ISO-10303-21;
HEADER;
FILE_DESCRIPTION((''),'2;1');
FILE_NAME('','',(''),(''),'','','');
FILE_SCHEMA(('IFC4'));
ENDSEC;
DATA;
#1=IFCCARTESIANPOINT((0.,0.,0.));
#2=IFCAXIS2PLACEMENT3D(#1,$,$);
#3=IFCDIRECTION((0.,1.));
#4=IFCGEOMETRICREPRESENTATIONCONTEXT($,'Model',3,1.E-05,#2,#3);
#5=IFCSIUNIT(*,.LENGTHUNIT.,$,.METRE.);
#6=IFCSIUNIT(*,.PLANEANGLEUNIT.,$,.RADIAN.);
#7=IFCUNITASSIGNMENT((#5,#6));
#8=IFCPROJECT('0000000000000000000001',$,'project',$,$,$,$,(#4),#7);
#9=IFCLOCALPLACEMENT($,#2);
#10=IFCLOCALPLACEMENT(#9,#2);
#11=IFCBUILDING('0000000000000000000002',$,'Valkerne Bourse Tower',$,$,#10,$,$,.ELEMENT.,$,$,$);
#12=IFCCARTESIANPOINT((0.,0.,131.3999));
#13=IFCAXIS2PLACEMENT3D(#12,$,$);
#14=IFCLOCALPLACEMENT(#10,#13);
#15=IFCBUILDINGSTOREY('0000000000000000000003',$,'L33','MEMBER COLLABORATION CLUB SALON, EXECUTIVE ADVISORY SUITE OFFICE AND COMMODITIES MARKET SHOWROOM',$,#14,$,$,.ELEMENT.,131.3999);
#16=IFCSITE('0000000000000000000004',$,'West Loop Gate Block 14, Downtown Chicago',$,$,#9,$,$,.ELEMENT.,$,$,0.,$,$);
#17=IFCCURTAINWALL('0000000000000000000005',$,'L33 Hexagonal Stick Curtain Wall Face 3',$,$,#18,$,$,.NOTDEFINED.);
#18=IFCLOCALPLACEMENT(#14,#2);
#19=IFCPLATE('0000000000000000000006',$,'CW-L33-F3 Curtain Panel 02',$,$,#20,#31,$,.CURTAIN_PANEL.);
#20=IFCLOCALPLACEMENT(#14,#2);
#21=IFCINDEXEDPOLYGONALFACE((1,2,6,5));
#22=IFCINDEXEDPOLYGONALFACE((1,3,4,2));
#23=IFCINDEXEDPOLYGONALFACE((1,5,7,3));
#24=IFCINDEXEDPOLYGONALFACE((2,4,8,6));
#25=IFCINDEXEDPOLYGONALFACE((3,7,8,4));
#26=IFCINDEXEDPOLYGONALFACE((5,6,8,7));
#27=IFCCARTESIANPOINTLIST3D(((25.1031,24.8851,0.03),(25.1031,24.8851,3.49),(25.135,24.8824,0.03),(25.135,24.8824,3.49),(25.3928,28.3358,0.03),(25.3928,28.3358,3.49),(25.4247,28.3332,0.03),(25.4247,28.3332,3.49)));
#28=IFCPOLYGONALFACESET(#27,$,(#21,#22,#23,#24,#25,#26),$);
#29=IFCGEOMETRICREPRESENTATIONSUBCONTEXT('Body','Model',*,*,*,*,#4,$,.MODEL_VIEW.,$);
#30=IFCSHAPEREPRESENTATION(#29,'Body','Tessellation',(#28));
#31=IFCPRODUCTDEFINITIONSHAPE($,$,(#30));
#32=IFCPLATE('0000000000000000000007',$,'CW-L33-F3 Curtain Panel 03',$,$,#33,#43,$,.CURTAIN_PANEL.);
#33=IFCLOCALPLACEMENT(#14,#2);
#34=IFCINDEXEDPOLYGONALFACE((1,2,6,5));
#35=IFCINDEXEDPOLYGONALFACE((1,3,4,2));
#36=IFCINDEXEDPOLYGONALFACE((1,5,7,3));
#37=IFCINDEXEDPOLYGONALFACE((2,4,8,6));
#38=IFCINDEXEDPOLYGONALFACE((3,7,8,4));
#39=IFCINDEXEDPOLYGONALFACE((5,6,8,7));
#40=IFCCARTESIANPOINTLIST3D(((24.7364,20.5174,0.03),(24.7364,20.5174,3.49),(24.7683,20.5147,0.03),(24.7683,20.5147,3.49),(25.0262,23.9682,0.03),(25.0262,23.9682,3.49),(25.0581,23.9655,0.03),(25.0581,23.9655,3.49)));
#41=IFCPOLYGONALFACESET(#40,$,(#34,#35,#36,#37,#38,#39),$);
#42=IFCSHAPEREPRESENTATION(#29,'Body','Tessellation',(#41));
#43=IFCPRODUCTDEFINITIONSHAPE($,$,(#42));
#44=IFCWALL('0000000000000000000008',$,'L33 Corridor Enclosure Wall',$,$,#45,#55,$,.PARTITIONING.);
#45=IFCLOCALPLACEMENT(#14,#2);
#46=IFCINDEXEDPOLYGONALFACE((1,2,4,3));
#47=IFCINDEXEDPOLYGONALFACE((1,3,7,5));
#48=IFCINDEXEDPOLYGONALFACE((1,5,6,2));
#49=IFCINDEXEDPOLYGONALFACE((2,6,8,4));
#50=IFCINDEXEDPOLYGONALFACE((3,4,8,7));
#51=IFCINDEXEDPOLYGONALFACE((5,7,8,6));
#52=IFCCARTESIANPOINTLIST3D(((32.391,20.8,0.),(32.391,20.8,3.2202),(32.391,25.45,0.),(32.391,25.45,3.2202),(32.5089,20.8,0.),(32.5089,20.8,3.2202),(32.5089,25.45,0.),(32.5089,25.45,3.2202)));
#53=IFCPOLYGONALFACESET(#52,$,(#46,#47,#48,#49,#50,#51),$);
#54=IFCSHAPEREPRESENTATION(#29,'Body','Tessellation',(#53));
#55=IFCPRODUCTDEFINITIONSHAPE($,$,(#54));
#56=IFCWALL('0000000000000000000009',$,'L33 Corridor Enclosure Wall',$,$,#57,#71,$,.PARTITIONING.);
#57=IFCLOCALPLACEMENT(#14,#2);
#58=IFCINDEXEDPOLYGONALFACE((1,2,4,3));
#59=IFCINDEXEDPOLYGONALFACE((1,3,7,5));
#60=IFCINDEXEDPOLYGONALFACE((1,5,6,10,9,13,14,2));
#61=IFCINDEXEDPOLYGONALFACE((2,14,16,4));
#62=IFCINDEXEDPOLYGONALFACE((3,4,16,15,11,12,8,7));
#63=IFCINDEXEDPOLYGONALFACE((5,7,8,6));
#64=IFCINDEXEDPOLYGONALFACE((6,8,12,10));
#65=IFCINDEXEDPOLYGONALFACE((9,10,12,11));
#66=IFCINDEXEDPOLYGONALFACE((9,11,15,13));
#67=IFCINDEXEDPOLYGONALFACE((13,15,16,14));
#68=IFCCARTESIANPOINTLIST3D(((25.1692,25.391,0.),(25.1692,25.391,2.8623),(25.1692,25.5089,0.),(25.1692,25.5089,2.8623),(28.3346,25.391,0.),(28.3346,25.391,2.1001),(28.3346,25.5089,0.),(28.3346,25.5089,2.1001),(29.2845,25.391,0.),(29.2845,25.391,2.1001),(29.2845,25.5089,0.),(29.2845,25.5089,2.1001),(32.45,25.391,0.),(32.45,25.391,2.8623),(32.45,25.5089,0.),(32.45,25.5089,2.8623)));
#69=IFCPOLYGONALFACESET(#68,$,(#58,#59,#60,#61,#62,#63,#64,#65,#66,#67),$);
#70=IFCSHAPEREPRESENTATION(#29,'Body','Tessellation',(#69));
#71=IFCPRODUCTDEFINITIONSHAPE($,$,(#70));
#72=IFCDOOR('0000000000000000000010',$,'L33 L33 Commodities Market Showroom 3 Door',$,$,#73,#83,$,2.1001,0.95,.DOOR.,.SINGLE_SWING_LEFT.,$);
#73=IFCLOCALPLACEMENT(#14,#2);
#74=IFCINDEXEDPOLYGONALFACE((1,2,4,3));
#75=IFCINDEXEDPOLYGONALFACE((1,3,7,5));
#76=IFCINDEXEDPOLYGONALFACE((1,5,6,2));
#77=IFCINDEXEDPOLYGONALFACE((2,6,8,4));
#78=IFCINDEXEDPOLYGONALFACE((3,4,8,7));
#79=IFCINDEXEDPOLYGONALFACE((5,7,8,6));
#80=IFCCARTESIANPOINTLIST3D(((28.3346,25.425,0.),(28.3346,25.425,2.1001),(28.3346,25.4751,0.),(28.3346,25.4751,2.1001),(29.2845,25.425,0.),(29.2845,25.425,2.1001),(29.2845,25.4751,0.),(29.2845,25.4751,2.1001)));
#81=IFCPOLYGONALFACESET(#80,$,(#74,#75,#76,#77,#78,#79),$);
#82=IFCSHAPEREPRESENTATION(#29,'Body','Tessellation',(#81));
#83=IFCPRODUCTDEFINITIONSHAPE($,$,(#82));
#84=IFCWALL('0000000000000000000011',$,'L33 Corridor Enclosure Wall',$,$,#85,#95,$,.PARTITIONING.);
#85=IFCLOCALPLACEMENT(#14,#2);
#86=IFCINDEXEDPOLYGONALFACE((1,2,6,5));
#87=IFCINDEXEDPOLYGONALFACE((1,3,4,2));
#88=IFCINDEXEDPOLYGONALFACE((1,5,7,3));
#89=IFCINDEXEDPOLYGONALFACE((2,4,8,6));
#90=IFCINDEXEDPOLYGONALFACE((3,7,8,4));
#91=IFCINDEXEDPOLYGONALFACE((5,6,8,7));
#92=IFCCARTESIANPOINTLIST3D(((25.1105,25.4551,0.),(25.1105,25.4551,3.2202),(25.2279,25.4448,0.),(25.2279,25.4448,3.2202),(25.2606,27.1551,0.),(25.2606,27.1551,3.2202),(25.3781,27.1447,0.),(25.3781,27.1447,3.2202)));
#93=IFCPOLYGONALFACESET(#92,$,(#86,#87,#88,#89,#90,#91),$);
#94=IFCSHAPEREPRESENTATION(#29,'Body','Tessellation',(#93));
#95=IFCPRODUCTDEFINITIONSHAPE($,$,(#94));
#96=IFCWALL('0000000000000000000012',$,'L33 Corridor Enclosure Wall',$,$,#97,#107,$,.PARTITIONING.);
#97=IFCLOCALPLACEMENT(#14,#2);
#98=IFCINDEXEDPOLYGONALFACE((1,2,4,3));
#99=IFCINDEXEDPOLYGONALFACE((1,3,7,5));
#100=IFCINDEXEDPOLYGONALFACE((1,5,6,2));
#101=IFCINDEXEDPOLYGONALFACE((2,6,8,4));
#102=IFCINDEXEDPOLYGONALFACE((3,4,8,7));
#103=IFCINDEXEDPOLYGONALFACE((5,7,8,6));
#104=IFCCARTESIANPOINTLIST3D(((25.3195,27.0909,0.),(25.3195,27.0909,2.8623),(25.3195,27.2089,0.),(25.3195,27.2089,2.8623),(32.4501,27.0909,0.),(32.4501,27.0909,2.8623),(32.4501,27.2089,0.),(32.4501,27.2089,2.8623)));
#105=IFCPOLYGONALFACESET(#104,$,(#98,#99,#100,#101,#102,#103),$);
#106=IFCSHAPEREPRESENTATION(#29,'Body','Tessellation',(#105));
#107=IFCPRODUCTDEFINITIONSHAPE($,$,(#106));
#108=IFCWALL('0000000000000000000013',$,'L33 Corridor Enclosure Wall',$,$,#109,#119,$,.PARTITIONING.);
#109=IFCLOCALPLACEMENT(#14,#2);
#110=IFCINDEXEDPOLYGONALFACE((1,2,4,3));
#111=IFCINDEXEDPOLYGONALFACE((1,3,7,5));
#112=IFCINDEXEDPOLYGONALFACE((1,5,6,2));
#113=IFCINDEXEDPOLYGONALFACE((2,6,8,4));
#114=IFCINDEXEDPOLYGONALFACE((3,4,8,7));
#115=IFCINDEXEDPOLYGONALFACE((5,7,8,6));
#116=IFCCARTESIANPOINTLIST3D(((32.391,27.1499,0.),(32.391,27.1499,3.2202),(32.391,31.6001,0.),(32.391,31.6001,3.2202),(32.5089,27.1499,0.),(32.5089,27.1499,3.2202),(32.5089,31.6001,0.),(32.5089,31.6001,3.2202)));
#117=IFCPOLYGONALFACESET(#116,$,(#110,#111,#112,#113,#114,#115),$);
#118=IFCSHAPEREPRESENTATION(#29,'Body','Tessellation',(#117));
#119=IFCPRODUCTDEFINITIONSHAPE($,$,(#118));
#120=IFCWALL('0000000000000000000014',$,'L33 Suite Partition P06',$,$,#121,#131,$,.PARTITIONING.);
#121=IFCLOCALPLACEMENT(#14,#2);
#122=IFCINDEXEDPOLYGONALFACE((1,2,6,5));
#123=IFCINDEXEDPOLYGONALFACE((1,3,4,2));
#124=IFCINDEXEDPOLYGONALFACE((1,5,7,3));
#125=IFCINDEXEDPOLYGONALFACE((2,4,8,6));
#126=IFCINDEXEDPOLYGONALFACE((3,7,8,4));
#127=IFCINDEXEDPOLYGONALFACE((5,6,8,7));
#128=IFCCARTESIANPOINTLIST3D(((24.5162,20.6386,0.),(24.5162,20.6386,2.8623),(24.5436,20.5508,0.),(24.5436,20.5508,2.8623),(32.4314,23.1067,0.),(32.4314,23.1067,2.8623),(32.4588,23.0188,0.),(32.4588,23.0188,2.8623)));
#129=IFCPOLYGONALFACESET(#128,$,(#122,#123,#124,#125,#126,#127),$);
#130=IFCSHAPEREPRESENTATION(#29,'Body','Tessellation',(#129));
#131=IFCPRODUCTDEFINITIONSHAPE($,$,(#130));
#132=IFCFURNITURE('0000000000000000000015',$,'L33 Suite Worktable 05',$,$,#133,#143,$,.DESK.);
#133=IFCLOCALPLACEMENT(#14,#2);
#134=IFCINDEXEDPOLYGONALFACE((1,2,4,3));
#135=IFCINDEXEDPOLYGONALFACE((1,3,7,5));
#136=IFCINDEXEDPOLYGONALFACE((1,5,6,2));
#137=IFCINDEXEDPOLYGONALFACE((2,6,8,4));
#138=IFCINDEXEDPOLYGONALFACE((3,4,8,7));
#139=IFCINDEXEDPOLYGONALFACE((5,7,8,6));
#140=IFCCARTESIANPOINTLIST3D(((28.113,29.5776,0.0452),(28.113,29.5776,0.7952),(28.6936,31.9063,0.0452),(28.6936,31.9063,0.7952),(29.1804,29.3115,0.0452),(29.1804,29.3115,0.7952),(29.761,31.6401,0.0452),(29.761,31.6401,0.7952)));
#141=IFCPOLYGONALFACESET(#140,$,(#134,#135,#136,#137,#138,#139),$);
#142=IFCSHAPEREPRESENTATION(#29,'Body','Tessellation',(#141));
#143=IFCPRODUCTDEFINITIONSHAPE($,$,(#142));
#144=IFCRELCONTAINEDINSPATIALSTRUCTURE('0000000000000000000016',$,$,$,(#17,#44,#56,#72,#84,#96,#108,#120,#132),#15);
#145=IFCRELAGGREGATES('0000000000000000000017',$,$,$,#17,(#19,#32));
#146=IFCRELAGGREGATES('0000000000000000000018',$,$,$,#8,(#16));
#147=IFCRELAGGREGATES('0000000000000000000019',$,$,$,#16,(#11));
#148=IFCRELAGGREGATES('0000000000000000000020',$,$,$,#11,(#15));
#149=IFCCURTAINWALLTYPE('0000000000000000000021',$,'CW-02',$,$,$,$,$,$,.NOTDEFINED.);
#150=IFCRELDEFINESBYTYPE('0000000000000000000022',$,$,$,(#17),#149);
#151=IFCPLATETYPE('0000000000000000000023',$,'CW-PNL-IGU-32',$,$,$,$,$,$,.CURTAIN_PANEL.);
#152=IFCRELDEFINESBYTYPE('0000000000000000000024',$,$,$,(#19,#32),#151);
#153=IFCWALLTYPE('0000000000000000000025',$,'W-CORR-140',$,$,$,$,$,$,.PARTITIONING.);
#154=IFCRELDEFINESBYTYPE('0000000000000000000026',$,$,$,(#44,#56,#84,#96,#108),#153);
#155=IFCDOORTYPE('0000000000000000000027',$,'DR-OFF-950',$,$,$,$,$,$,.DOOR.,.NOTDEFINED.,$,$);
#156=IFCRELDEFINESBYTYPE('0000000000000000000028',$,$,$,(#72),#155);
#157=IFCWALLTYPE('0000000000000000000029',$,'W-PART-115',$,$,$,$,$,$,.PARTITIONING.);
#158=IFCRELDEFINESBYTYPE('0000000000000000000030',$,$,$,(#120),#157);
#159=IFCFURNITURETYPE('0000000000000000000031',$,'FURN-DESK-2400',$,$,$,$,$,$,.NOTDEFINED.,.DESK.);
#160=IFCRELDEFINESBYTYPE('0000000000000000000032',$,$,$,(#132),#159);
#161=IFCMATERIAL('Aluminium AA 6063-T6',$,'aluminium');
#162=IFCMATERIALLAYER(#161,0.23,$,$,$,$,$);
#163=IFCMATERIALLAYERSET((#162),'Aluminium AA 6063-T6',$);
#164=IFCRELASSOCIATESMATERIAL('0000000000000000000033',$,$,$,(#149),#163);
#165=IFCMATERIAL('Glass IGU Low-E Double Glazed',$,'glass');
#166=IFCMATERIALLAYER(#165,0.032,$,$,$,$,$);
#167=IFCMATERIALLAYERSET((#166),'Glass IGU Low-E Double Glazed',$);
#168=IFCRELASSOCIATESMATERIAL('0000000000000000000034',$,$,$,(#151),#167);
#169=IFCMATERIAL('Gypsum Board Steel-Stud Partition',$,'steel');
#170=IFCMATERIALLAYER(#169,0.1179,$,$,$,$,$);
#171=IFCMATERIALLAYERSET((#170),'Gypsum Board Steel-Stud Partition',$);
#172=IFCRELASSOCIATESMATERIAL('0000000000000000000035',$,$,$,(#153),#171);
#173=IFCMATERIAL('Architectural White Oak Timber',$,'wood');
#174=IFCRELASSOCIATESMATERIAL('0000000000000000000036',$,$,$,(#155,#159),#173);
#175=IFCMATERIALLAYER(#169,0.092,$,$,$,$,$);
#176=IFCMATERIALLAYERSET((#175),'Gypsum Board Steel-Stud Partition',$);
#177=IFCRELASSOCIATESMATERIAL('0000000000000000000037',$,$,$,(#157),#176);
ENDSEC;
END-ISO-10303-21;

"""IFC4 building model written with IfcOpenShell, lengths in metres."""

from ifc_helpers import new_model, si_unit, direction, frame, frame_2d, origin, origin_2d, place, context, subcontext, project, spatial, rectangle, extrude, material, layer, layer_set, type_object, element, fill, aggregate, save


model = new_model("IFC4")

# Units and contexts
model_context = context("Model", 3, precision=1e-05, world=origin(), true_north=direction((0.0, 1.0)))
body_context = subcontext(model_context, "Body", "Model", "MODEL_VIEW")
ifc_project = project(units=[si_unit("LENGTHUNIT", "METRE"), si_unit("PLANEANGLEUNIT", "RADIAN")], contexts=[model_context])

# Site, building, storey
site_placement = place(None, origin())
site = spatial("IfcSite", under=ifc_project, at=site_placement, Name="West Loop Gate Block 14, Downtown Chicago", CompositionType="ELEMENT", RefElevation=0.0)
building_placement = place(site_placement, origin())
building = spatial("IfcBuilding", under=site, at=building_placement, Name="Valkerne Bourse Tower", CompositionType="ELEMENT")
storey_placement = place(building_placement, frame((0.0, 0.0, 131.3999)))
storey = spatial("IfcBuildingStorey", under=building, at=storey_placement, Name="L33", Description="MEMBER COLLABORATION CLUB SALON, EXECUTIVE ADVISORY SUITE OFFICE AND COMMODITIES MARKET SHOWROOM", CompositionType="ELEMENT", Elevation=131.3999)

# Curtain wall
ifc_material_1 = material(Name="Aluminium AA 6063-T6", Category="aluminium")
ifc_layer_1 = layer(ifc_material_1, 0.23)
ifc_layer_set_1 = layer_set([ifc_layer_1], Name="Aluminium AA 6063-T6")
curtain_wall_type = type_object("IfcCurtainWallType", Name="CW-02", PredefinedType="NOTDEFINED", material=ifc_layer_set_1)
curtain_wall_placement = place(storey_placement, origin())
curtain_wall = element("IfcCurtainWall", 1, at=curtain_wall_placement, inside=storey, type_object=curtain_wall_type, Name="L33 Hexagonal Stick Curtain Wall Face 3", PredefinedType="NOTDEFINED")

# Plates
ifc_material_2 = material(Name="Glass IGU Low-E Double Glazed", Category="glass")
ifc_layer_2 = layer(ifc_material_2, 0.032)
ifc_layer_set_2 = layer_set([ifc_layer_2], Name="Glass IGU Low-E Double Glazed")
plate_type = type_object("IfcPlateType", Name="CW-PNL-IGU-32", PredefinedType="CURTAIN_PANEL", material=ifc_layer_set_2)
plate_1_placement = place(storey_placement, frame((25.2639, 26.6091, 0.03), z_axis=(0.0, 0.0, 1.0), x_axis=(-0.083663, -0.996494, 0.0)))
plate_1 = element("IfcPlate", 2, at=plate_1_placement, type_object=plate_type, Name="CW-L33-F3 Curtain Panel 02", PredefinedType="CURTAIN_PANEL", context=body_context, shape_type="SweptSolid", body=[
    extrude(rectangle(XDim=3.4629, YDim=0.032, at=origin_2d()), origin(), (0.0, 0.0, 1.0), 3.46),
])
plate_2_placement = place(storey_placement, frame((24.8972, 22.2415, 0.03), z_axis=(0.0, 0.0, 1.0), x_axis=(-0.083687, -0.996492, 0.0)))
plate_2 = element("IfcPlate", 3, at=plate_2_placement, type_object=plate_type, Name="CW-L33-F3 Curtain Panel 03", PredefinedType="CURTAIN_PANEL", context=body_context, shape_type="SweptSolid", body=[
    extrude(rectangle(XDim=3.4629, YDim=0.032, at=origin_2d()), origin(), (0.0, 0.0, 1.0), 3.46),
])
aggregate(curtain_wall, [plate_1, plate_2])

# Wall
ifc_material_3 = material(Name="Gypsum Board Steel-Stud Partition", Category="steel")
ifc_layer_3 = layer(ifc_material_3, 0.1179)
ifc_layer_set_3 = layer_set([ifc_layer_3], Name="Gypsum Board Steel-Stud Partition")
wall_type_1 = type_object("IfcWallType", Name="W-CORR-140", PredefinedType="PARTITIONING", material=ifc_layer_set_3)
wall_1_placement = place(storey_placement, frame((32.45, 20.8, 0.0), z_axis=(0.0, 0.0, 1.0), x_axis=(0.0, 1.0, 0.0)))
element("IfcWall", 4, at=wall_1_placement, inside=storey, type_object=wall_type_1, Name="L33 Corridor Enclosure Wall", PredefinedType="PARTITIONING", context=body_context, shape_type="SweptSolid", body=[
    extrude(rectangle(XDim=4.6499, YDim=0.1179, at=frame_2d((2.325, 0.0))), origin(), (0.0, 0.0, 1.0), 3.2202),
])

# Wall, opening, door
wall_2_placement = place(storey_placement, frame((32.45, 25.45, 0.0), z_axis=(0.0, 0.0, 1.0), x_axis=(-1.0, 0.0, 0.0)))
wall_2 = element("IfcWall", 5, at=wall_2_placement, inside=storey, type_object=wall_type_1, Name="L33 Corridor Enclosure Wall", PredefinedType="PARTITIONING", context=body_context, shape_type="SweptSolid", body=[
    extrude(rectangle(XDim=7.2808, YDim=0.1179, at=frame_2d((3.6404, 0.0))), origin(), (0.0, 0.0, 1.0), 2.8623),
])
opening_placement = place(wall_2_placement, frame((3.1653, 0.0, 0.0)))
opening = element("IfcOpeningElement", 6, at=opening_placement, cuts=wall_2, PredefinedType="OPENING", context=body_context, shape_type="SweptSolid", body=[
    extrude(rectangle(XDim=0.95, YDim=2.1001, at=frame_2d((0.4751, 1.05))), frame((0.0, 0.0688, 0.0), z_axis=(0.0, -1.0, 0.0), x_axis=(1.0, 0.0, 0.0)), (0.0, 0.0, 1.0), 0.1379),
])
ifc_material_4 = material(Name="Architectural White Oak Timber", Category="wood")
door_type = type_object("IfcDoorType", Name="DR-OFF-950", OperationType="NOTDEFINED", PredefinedType="DOOR", material=ifc_material_4)
door_placement = place(opening_placement, origin())
door = element("IfcDoor", 7, at=door_placement, inside=storey, type_object=door_type, Name="L33 L33 Commodities Market Showroom 3 Door", OperationType="SINGLE_SWING_LEFT", OverallHeight=2.1001, OverallWidth=0.95, PredefinedType="DOOR", context=body_context, shape_type="SweptSolid", body=[
    extrude(rectangle(XDim=0.95, YDim=2.1001, at=frame_2d((0.4751, 1.05))), frame((0.0, 0.0249, 0.0), z_axis=(0.0, -1.0, 0.0), x_axis=(1.0, 0.0, 0.0)), (0.0, 0.0, 1.0), 0.05),
])
fill(opening, door)

# Walls
wall_3_placement = place(storey_placement, frame((25.1692, 25.45, 0.0), z_axis=(0.0, 0.0, 1.0), x_axis=(0.087981, 0.996122, 0.0)))
element("IfcWall", 8, at=wall_3_placement, inside=storey, type_object=wall_type_1, Name="L33 Corridor Enclosure Wall", PredefinedType="PARTITIONING", context=body_context, shape_type="SweptSolid", body=[
    extrude(rectangle(XDim=1.7065, YDim=0.1179, at=frame_2d((0.8533, 0.0))), origin(), (0.0, 0.0, 1.0), 3.2202),
])
wall_4_placement = place(storey_placement, frame((25.3193, 27.1499, 0.0), z_axis=(0.0, 0.0, 1.0), x_axis=(1.0, 0.0, 0.0)))
element("IfcWall", 9, at=wall_4_placement, inside=storey, type_object=wall_type_1, Name="L33 Corridor Enclosure Wall", PredefinedType="PARTITIONING", context=body_context, shape_type="SweptSolid", body=[
    extrude(rectangle(XDim=7.1306, YDim=0.1179, at=frame_2d((3.5654, 0.0))), origin(), (0.0, 0.0, 1.0), 2.8623),
])
wall_5_placement = place(storey_placement, frame((32.45, 27.1499, 0.0), z_axis=(0.0, 0.0, 1.0), x_axis=(0.0, 1.0, 0.0)))
element("IfcWall", 10, at=wall_5_placement, inside=storey, type_object=wall_type_1, Name="L33 Corridor Enclosure Wall", PredefinedType="PARTITIONING", context=body_context, shape_type="SweptSolid", body=[
    extrude(rectangle(XDim=4.4502, YDim=0.1179, at=frame_2d((2.2251, 0.0))), origin(), (0.0, 0.0, 1.0), 3.2202),
])
ifc_layer_4 = layer(ifc_material_3, 0.092)
ifc_layer_set_4 = layer_set([ifc_layer_4], Name="Gypsum Board Steel-Stud Partition")
wall_type_2 = type_object("IfcWallType", Name="W-PART-115", PredefinedType="PARTITIONING", material=ifc_layer_set_4)
wall_6_placement = place(storey_placement, frame((32.4451, 23.0627, 0.0), z_axis=(0.0, 0.0, 1.0), x_axis=(-0.954666, -0.297678, 0.0)))
element("IfcWall", 11, at=wall_6_placement, inside=storey, type_object=wall_type_2, Name="L33 Suite Partition P06", PredefinedType="PARTITIONING", context=body_context, shape_type="SweptSolid", body=[
    extrude(rectangle(XDim=8.291, YDim=0.092, at=frame_2d((4.1455, 0.0))), origin(), (0.0, 0.0, 1.0), 2.8623),
])

# Furniture
furniture_type = type_object("IfcFurnitureType", Name="FURN-DESK-2400", AssemblyPlace="NOTDEFINED", PredefinedType="DESK", material=ifc_material_4)
furniture_placement = place(storey_placement, frame((28.937, 30.6089, 0.0452), z_axis=(0.0, 0.0, 1.0), x_axis=(0.241922, 0.970296, 0.0)))
element("IfcFurniture", 12, at=furniture_placement, inside=storey, type_object=furniture_type, Name="L33 Suite Worktable 05", PredefinedType="DESK", context=body_context, shape_type="SweptSolid", body=[
    extrude(rectangle(XDim=2.3999, YDim=1.1001, at=origin_2d()), origin(), (0.0, 0.0, 1.0), 0.75),
])

save(model, "model.ifc")
